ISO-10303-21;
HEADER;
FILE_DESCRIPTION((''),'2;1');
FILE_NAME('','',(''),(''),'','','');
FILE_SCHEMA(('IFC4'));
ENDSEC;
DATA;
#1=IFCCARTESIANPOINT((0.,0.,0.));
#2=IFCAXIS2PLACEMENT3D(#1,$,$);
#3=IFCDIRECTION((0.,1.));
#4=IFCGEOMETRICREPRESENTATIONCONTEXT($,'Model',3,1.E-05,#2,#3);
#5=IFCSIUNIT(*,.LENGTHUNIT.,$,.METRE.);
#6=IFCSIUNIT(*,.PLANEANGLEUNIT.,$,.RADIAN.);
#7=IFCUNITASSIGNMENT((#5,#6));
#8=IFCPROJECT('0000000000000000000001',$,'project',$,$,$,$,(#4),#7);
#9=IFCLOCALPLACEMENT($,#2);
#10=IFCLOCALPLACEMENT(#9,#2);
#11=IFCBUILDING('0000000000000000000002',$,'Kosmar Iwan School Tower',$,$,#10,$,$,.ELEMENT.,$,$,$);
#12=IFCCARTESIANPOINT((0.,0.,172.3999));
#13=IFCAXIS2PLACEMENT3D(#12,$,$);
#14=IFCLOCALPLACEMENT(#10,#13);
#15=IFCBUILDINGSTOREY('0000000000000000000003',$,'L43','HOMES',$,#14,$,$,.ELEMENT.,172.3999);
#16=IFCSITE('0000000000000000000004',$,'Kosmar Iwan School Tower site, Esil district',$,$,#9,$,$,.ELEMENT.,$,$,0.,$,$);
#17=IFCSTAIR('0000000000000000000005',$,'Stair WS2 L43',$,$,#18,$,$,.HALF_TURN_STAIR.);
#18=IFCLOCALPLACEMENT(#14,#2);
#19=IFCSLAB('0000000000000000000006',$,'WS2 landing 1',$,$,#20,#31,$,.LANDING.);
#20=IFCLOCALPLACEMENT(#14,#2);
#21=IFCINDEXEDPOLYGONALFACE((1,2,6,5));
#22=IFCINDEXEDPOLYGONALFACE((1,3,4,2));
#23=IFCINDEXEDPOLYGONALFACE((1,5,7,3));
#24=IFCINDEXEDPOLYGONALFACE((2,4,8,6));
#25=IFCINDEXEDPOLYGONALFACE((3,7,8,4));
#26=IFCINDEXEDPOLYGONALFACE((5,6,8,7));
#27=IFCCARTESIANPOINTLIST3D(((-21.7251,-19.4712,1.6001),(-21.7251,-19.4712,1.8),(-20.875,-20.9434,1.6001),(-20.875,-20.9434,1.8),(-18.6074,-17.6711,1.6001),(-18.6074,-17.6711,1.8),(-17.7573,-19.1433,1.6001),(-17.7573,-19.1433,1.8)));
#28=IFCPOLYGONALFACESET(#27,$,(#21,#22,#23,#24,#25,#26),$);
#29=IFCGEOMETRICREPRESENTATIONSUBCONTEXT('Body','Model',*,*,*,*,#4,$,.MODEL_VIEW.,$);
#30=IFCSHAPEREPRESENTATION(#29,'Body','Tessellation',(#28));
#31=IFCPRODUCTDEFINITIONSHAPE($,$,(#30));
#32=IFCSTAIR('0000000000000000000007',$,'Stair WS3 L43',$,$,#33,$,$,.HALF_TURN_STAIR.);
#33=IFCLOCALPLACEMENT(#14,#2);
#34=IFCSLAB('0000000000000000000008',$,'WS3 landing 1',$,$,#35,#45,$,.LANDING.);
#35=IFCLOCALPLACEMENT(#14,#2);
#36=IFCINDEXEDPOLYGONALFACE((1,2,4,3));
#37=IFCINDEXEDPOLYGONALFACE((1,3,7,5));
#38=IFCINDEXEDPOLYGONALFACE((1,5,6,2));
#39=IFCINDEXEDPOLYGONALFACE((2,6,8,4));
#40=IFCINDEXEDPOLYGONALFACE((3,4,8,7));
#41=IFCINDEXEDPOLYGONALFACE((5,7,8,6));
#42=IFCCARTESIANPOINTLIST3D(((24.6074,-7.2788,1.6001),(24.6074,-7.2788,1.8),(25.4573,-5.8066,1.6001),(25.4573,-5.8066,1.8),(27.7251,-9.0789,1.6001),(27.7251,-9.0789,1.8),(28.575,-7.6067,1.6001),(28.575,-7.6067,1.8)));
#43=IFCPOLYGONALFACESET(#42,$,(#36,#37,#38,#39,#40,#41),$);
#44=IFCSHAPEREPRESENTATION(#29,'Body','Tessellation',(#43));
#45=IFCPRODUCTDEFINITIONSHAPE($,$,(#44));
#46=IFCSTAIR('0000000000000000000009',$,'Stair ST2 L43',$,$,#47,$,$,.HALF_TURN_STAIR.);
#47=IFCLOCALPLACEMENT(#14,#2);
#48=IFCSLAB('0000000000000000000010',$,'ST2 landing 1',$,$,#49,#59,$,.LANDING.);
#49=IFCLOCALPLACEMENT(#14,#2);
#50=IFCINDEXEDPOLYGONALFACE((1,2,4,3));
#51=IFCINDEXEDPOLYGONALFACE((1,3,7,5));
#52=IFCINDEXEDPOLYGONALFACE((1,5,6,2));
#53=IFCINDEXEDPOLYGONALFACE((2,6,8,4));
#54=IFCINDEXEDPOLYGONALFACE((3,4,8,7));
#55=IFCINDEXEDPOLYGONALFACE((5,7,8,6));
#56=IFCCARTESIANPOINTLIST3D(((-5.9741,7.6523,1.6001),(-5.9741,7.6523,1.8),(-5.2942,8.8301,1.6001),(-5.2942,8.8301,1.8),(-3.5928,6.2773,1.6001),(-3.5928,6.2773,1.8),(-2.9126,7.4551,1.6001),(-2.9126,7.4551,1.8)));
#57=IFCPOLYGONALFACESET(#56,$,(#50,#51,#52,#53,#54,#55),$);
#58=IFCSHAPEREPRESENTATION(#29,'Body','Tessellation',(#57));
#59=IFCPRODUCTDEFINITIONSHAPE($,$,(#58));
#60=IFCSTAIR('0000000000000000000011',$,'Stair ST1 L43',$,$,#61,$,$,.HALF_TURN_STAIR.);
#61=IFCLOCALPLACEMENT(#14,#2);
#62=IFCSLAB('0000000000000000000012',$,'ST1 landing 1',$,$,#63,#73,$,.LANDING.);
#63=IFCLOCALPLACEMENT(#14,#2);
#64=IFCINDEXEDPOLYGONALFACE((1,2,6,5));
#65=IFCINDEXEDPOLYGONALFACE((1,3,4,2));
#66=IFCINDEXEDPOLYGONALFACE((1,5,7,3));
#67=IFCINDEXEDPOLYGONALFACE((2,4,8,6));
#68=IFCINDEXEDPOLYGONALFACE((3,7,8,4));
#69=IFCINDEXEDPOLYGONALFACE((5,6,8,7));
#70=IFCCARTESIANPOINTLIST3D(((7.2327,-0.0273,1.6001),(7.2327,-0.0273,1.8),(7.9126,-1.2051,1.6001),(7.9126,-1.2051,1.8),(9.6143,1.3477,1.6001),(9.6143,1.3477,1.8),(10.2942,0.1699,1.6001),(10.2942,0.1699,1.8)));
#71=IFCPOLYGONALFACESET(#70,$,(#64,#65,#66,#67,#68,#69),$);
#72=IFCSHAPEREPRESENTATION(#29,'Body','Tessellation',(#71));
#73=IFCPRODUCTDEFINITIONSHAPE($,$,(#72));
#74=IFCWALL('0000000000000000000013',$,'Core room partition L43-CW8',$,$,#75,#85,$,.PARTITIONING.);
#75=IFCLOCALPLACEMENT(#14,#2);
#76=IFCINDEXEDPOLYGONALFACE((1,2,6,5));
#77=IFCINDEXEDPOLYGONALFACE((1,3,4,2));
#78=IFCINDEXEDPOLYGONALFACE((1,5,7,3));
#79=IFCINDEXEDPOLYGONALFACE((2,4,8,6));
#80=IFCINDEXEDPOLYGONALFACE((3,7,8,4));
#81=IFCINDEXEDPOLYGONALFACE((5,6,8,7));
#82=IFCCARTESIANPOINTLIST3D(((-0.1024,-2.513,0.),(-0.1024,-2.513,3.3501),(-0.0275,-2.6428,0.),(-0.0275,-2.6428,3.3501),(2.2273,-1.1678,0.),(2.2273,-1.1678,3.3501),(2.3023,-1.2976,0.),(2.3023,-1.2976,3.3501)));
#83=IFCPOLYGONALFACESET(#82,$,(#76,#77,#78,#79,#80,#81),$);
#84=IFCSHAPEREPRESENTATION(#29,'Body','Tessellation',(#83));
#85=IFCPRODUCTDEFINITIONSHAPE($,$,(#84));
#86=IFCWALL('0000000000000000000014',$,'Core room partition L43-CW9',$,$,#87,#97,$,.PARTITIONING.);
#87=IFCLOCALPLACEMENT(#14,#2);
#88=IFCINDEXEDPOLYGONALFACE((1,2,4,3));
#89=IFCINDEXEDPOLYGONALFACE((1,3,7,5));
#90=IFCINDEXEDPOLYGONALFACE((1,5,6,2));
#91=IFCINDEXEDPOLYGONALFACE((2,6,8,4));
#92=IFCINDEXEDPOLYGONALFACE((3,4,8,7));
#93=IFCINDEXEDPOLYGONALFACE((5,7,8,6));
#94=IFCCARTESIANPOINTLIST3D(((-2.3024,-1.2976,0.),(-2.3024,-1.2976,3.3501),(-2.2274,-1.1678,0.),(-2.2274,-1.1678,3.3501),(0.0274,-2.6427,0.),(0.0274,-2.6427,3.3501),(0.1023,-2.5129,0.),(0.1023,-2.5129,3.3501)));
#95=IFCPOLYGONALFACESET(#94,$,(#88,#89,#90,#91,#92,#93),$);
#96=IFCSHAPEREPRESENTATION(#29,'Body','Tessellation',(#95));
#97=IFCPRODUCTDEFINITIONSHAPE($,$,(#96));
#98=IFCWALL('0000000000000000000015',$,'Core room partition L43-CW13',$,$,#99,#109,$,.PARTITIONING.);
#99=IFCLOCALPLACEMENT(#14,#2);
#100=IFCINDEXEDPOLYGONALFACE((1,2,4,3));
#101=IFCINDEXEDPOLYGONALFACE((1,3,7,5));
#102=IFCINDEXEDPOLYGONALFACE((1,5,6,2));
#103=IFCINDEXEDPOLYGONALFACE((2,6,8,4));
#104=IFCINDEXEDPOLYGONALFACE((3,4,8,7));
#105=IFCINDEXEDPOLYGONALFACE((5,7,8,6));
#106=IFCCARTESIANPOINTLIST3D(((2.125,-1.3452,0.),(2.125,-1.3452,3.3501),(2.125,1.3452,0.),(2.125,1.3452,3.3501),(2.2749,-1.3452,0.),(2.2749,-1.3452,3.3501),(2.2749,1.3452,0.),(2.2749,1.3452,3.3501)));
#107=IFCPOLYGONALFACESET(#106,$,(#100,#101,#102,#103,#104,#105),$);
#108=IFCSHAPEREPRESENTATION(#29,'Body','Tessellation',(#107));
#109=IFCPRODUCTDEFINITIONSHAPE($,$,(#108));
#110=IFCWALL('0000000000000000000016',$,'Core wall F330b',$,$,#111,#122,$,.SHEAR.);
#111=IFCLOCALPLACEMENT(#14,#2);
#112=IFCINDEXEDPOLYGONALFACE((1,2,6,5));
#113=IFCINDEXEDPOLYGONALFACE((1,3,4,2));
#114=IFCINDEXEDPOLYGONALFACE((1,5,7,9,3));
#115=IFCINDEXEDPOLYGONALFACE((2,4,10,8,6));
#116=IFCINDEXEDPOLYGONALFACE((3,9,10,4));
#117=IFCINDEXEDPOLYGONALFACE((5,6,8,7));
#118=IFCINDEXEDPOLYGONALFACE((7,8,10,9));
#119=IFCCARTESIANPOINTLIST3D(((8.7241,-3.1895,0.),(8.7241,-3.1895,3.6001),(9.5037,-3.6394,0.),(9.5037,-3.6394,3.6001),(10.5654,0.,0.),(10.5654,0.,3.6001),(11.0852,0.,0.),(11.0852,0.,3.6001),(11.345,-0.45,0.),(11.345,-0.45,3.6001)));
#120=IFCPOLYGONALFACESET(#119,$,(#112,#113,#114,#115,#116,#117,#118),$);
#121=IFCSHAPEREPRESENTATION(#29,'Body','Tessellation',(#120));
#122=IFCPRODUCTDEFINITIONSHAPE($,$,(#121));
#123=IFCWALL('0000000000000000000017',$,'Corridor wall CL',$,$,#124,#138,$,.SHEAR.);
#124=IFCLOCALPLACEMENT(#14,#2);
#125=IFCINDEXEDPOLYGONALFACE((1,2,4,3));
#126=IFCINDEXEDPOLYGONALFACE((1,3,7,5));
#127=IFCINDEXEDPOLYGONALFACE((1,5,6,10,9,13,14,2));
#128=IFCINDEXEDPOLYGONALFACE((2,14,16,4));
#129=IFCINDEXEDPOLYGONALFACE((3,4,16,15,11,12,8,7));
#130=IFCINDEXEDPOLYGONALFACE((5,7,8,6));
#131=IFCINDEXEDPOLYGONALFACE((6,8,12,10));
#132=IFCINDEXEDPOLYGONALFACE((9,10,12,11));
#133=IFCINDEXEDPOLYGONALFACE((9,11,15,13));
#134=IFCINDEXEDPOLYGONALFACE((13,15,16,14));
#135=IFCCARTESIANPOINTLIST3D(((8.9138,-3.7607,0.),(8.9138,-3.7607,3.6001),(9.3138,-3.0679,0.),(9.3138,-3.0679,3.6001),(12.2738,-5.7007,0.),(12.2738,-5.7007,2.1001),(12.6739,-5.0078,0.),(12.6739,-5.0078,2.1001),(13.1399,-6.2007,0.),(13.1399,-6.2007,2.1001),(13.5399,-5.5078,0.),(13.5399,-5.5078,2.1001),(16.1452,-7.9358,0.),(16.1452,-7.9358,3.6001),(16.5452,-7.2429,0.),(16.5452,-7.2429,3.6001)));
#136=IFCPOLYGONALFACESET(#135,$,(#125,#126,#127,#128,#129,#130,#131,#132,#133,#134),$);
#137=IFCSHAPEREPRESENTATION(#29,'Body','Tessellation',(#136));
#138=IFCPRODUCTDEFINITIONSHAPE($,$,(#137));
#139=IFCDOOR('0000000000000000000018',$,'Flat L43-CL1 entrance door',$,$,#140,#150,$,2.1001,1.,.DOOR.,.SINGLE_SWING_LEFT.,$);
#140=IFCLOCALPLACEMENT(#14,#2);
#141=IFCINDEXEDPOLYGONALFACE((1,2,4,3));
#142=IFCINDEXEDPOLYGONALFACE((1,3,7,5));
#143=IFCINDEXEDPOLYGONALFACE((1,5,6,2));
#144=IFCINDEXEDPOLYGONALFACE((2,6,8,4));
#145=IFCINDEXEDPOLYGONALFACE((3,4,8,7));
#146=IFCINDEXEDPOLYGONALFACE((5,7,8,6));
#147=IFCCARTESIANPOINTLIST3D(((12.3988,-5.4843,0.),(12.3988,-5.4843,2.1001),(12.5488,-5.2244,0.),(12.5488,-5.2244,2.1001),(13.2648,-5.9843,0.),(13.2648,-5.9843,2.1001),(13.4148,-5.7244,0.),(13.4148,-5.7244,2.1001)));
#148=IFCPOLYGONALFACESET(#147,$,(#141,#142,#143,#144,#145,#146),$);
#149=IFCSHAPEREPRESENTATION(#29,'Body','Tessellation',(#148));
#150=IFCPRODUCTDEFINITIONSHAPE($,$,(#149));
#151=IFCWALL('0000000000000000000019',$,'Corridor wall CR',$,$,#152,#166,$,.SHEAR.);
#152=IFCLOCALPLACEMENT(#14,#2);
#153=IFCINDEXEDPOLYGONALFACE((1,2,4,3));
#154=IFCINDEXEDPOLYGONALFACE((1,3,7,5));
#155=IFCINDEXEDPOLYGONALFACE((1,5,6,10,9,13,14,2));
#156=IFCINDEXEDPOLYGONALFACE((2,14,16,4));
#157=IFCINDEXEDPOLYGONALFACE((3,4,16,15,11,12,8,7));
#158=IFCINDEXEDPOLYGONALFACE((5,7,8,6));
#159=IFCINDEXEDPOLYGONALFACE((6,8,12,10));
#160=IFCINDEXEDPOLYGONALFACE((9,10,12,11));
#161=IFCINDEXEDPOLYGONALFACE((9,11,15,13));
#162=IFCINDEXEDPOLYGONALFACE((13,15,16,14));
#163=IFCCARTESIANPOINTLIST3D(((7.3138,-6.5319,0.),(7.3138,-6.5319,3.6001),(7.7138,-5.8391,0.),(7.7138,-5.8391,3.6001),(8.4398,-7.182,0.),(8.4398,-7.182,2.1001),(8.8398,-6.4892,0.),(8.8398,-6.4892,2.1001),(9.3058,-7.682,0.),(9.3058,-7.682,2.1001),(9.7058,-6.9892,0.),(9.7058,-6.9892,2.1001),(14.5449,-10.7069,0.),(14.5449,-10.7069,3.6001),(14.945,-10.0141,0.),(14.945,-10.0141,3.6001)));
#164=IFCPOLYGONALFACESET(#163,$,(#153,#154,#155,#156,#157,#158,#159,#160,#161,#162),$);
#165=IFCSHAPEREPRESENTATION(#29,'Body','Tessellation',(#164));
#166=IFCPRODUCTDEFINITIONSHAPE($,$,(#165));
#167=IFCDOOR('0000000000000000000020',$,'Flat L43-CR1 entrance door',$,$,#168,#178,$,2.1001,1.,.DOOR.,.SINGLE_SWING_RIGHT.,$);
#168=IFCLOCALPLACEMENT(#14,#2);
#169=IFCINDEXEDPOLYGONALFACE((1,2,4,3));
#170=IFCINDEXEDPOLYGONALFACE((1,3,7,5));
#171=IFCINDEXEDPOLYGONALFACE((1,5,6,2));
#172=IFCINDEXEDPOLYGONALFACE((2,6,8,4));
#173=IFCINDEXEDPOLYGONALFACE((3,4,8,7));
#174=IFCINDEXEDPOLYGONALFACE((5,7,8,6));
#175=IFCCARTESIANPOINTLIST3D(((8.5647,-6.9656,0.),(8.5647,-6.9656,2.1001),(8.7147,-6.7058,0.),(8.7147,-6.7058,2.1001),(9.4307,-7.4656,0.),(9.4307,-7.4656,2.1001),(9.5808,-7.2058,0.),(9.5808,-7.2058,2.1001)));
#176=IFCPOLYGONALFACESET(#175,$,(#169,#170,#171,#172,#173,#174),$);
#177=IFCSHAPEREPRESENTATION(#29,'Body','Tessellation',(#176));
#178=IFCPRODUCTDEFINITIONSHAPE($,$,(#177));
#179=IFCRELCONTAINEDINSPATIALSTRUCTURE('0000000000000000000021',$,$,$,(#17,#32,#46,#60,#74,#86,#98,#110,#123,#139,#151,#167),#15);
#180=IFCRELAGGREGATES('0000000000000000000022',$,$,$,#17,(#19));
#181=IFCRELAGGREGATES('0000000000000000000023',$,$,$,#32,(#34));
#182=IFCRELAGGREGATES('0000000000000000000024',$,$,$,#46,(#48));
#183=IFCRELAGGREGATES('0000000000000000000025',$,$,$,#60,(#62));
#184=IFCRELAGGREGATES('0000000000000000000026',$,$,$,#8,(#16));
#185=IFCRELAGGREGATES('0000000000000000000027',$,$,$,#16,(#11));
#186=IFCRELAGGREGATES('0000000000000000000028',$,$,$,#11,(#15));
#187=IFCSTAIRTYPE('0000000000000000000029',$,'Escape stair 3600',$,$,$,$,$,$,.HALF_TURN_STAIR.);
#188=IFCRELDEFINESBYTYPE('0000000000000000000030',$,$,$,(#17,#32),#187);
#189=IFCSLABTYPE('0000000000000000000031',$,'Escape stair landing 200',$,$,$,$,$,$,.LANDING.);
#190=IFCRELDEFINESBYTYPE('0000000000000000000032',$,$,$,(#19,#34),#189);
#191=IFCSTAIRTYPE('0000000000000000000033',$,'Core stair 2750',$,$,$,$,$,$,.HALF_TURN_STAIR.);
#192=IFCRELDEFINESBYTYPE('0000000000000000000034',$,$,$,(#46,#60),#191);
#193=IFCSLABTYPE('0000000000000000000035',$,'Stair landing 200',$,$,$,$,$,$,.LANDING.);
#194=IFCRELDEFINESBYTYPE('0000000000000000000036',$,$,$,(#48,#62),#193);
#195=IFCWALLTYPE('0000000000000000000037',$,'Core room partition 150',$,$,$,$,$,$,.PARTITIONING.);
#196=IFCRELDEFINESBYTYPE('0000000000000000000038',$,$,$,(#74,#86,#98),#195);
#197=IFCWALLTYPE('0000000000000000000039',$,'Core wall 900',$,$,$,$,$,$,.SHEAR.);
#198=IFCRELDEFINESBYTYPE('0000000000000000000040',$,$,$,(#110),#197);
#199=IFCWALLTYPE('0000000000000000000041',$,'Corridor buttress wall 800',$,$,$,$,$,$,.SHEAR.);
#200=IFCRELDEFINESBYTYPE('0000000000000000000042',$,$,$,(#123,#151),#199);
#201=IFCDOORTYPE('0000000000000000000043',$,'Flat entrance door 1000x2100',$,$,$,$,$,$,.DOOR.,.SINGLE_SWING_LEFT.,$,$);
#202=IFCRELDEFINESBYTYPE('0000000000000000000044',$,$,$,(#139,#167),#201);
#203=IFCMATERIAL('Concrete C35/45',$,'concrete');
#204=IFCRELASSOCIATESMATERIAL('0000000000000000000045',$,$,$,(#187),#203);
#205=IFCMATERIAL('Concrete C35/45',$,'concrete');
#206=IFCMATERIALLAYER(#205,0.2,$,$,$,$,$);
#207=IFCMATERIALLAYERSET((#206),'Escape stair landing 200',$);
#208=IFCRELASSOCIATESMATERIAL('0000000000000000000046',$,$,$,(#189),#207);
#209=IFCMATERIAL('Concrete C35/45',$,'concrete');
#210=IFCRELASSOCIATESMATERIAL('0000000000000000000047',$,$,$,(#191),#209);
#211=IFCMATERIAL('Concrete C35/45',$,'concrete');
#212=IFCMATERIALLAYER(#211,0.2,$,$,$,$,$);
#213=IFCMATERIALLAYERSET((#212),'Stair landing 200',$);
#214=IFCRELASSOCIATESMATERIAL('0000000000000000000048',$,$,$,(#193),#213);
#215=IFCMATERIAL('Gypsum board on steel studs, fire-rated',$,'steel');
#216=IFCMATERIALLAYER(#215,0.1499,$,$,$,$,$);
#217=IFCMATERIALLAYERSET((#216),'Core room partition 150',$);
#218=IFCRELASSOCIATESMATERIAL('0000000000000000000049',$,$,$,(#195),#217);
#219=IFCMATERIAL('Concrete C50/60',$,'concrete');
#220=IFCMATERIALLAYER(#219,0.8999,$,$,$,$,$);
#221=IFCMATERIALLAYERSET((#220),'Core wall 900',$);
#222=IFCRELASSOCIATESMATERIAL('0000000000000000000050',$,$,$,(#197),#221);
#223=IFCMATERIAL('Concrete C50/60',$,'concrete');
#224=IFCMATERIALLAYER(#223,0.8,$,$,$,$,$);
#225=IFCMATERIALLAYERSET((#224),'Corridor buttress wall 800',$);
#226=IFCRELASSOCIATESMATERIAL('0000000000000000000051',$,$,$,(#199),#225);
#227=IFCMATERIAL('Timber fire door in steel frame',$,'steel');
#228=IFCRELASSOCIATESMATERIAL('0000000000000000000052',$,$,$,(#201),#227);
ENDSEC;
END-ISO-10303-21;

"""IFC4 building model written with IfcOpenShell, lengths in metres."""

from ifc_helpers import new_model, si_unit, direction, frame, frame_2d, origin, place, context, subcontext, project, spatial, polyline, rectangle, outline, extrude, material, layer, layer_set, type_object, element, fill, aggregate, save


model = new_model("IFC4")

# Units and contexts
model_context = context("Model", 3, precision=1e-05, world=origin(), true_north=direction((0.0, 1.0)))
body_context = subcontext(model_context, "Body", "Model", "MODEL_VIEW")
ifc_project = project(units=[si_unit("LENGTHUNIT", "METRE"), si_unit("PLANEANGLEUNIT", "RADIAN")], contexts=[model_context])

# Site, building, storey
site_placement = place(None, origin())
site = spatial("IfcSite", under=ifc_project, at=site_placement, Name="Kosmar Iwan School Tower site, Esil district", CompositionType="ELEMENT", RefElevation=0.0)
building_placement = place(site_placement, origin())
building = spatial("IfcBuilding", under=site, at=building_placement, Name="Kosmar Iwan School Tower", CompositionType="ELEMENT")
storey_placement = place(building_placement, frame((0.0, 0.0, 172.3999)))
storey = spatial("IfcBuildingStorey", under=building, at=storey_placement, Name="L43", Description="HOMES", CompositionType="ELEMENT", Elevation=172.3999)

# Stairs, slabs
ifc_material_1 = material(Name="Concrete C35/45", Category="concrete")
stair_type_1 = type_object("IfcStairType", Name="Escape stair 3600", PredefinedType="HALF_TURN_STAIR", material=ifc_material_1)
stair_1_placement = place(storey_placement, origin())
stair_1 = element("IfcStair", 1, at=stair_1_placement, inside=storey, type_object=stair_type_1, Name="Stair WS2 L43", PredefinedType="HALF_TURN_STAIR")
ifc_material_2 = material(Name="Concrete C35/45", Category="concrete")
ifc_layer_1 = layer(ifc_material_2, 0.2)
ifc_layer_set_1 = layer_set([ifc_layer_1], Name="Escape stair landing 200")
slab_type_1 = type_object("IfcSlabType", Name="Escape stair landing 200", PredefinedType="LANDING", material=ifc_layer_set_1)
slab_1_placement = place(storey_placement, frame((0.0, 0.0, 1.6001)))
slab_1 = element("IfcSlab", 2, at=slab_1_placement, type_object=slab_type_1, Name="WS2 landing 1", PredefinedType="LANDING", context=body_context, shape_type="SweptSolid", body=[
    extrude(outline(polyline([(-18.6074, -17.6711), (-21.7251, -19.4712), (-20.875, -20.9434), (-17.7573, -19.1433), (-18.6074, -17.6711)])), origin(), (0.0, 0.0, 1.0), 0.2),
])
aggregate(stair_1, [slab_1])
stair_2_placement = place(storey_placement, origin())
stair_2 = element("IfcStair", 3, at=stair_2_placement, inside=storey, type_object=stair_type_1, Name="Stair WS3 L43", PredefinedType="HALF_TURN_STAIR")
slab_2_placement = place(storey_placement, frame((0.0, 0.0, 1.6001)))
slab_2 = element("IfcSlab", 4, at=slab_2_placement, type_object=slab_type_1, Name="WS3 landing 1", PredefinedType="LANDING", context=body_context, shape_type="SweptSolid", body=[
    extrude(outline(polyline([(24.6074, -7.2788), (27.7251, -9.0789), (28.575, -7.6067), (25.4573, -5.8066), (24.6074, -7.2788)])), origin(), (0.0, 0.0, 1.0), 0.2),
])
aggregate(stair_2, [slab_2])
ifc_material_3 = material(Name="Concrete C35/45", Category="concrete")
stair_type_2 = type_object("IfcStairType", Name="Core stair 2750", PredefinedType="HALF_TURN_STAIR", material=ifc_material_3)
stair_3_placement = place(storey_placement, origin())
stair_3 = element("IfcStair", 5, at=stair_3_placement, inside=storey, type_object=stair_type_2, Name="Stair ST2 L43", PredefinedType="HALF_TURN_STAIR")
ifc_material_4 = material(Name="Concrete C35/45", Category="concrete")
ifc_layer_2 = layer(ifc_material_4, 0.2)
ifc_layer_set_2 = layer_set([ifc_layer_2], Name="Stair landing 200")
slab_type_2 = type_object("IfcSlabType", Name="Stair landing 200", PredefinedType="LANDING", material=ifc_layer_set_2)
slab_3_placement = place(storey_placement, frame((0.0, 0.0, 1.6001)))
slab_3 = element("IfcSlab", 6, at=slab_3_placement, type_object=slab_type_2, Name="ST2 landing 1", PredefinedType="LANDING", context=body_context, shape_type="SweptSolid", body=[
    extrude(outline(polyline([(-2.9126, 7.4551), (-5.2942, 8.8301), (-5.9741, 7.6523), (-3.5928, 6.2773), (-2.9126, 7.4551)])), origin(), (0.0, 0.0, 1.0), 0.2),
])
aggregate(stair_3, [slab_3])
stair_4_placement = place(storey_placement, origin())
stair_4 = element("IfcStair", 7, at=stair_4_placement, inside=storey, type_object=stair_type_2, Name="Stair ST1 L43", PredefinedType="HALF_TURN_STAIR")
slab_4_placement = place(storey_placement, frame((0.0, 0.0, 1.6001)))
slab_4 = element("IfcSlab", 8, at=slab_4_placement, type_object=slab_type_2, Name="ST1 landing 1", PredefinedType="LANDING", context=body_context, shape_type="SweptSolid", body=[
    extrude(outline(polyline([(7.9126, -1.2051), (10.2942, 0.1699), (9.6143, 1.3477), (7.2327, -0.0273), (7.9126, -1.2051)])), origin(), (0.0, 0.0, 1.0), 0.2),
])

# Walls
ifc_material_5 = material(Name="Gypsum board on steel studs, fire-rated", Category="steel")
ifc_layer_3 = layer(ifc_material_5, 0.1499)
ifc_layer_set_3 = layer_set([ifc_layer_3], Name="Core room partition 150")
wall_type_1 = type_object("IfcWallType", Name="Core room partition 150", PredefinedType="PARTITIONING", material=ifc_layer_set_3)
for number, where, z_axis, x_axis, name in (
    (9, (2.2649, -1.2327, 0.0), (0.0, 0.0, 1.0), (-0.866012, -0.500024, 0.0), "Core room partition L43-CW8"),
    (10, (0.0649, -2.5779, 0.0), (0.0, 0.0, 1.0), (-0.866012, 0.500024, 0.0), "Core room partition L43-CW9"),
):
    element("IfcWall", number, at=place(storey_placement, frame(where, z_axis=z_axis, x_axis=x_axis)), inside=storey, type_object=wall_type_1, Name=name, PredefinedType="PARTITIONING", context=body_context, shape_type="SweptSolid", body=[
        extrude(rectangle(XDim=2.6902, YDim=0.1499, at=frame_2d((1.3452, 0.0))), origin(), (0.0, 0.0, 1.0), 3.3501),
    ])
wall_1_placement = place(storey_placement, frame((2.2, 1.3452, 0.0), z_axis=(0.0, 0.0, 1.0), x_axis=(0.0, -1.0, 0.0)))
element("IfcWall", 11, at=wall_1_placement, inside=storey, type_object=wall_type_1, Name="Core room partition L43-CW13", PredefinedType="PARTITIONING", context=body_context, shape_type="SweptSolid", body=[
    extrude(rectangle(XDim=2.6904, YDim=0.1499, at=frame_2d((1.3452, 0.0))), origin(), (0.0, 0.0, 1.0), 3.3501),
])
ifc_material_6 = material(Name="Concrete C50/60", Category="concrete")
ifc_layer_4 = layer(ifc_material_6, 0.8999)
ifc_layer_set_4 = layer_set([ifc_layer_4], Name="Core wall 900")
wall_type_2 = type_object("IfcWallType", Name="Core wall 900", PredefinedType="SHEAR", material=ifc_layer_set_4)
wall_2_placement = place(storey_placement, origin())
element("IfcWall", 12, at=wall_2_placement, inside=storey, type_object=wall_type_2, Name="Core wall F330b", PredefinedType="SHEAR", context=body_context, shape_type="SweptSolid", body=[
    extrude(outline(polyline([(9.5037, -3.6394), (11.345, -0.45), (11.0852, 0.0), (10.5654, 0.0), (8.7241, -3.1895), (9.5037, -3.6394)])), origin(), (0.0, 0.0, 1.0), 3.6001),
])

# Walls, openings, doors
ifc_material_7 = material(Name="Concrete C50/60", Category="concrete")
ifc_layer_5 = layer(ifc_material_7, 0.8)
ifc_layer_set_5 = layer_set([ifc_layer_5], Name="Corridor buttress wall 800")
wall_type_3 = type_object("IfcWallType", Name="Corridor buttress wall 800", PredefinedType="SHEAR", material=ifc_layer_set_5)
wall_3_placement = place(storey_placement, frame((9.1138, -3.4143, 0.0), z_axis=(0.0, 0.0, 1.0), x_axis=(0.866027, -0.499997, 0.0)))
wall_3 = element("IfcWall", 13, at=wall_3_placement, inside=storey, type_object=wall_type_3, Name="Corridor wall CL", PredefinedType="SHEAR", context=body_context, shape_type="SweptSolid", body=[
    extrude(rectangle(XDim=8.3501, YDim=0.8, at=frame_2d((4.175, 0.0))), origin(), (0.0, 0.0, 1.0), 3.6001),
])
opening_1_placement = place(wall_3_placement, frame((3.8799, 0.0, 0.0)))
opening_1 = element("IfcOpeningElement", 14, at=opening_1_placement, cuts=wall_3, PredefinedType="OPENING", context=body_context, shape_type="SweptSolid", body=[
    extrude(rectangle(XDim=1.0, YDim=2.1001, at=frame_2d((0.5, 1.05))), frame((0.0, 0.4121, 0.0), z_axis=(0.0, -1.0, 0.0), x_axis=(1.0, 0.0, 0.0)), (0.0, 0.0, 1.0), 0.824),
])
ifc_material_8 = material(Name="Timber fire door in steel frame", Category="steel")
door_type_1 = type_object("IfcDoorType", Name="Flat entrance door 1000x2100", OperationType="SINGLE_SWING_LEFT", PredefinedType="DOOR", material=ifc_material_8)
door_1_placement = place(opening_1_placement, origin())
door_1 = element("IfcDoor", 15, at=door_1_placement, inside=storey, type_object=door_type_1, Name="Flat L43-CL1 entrance door", OperationType="SINGLE_SWING_LEFT", OverallHeight=2.1001, OverallWidth=1.0, PredefinedType="DOOR", context=body_context, shape_type="SweptSolid", body=[
    extrude(rectangle(XDim=1.0, YDim=2.1001, at=frame_2d((0.5, 1.05))), frame((0.0, 0.1499, 0.0), z_axis=(0.0, -1.0, 0.0), x_axis=(1.0, 0.0, 0.0)), (0.0, 0.0, 1.0), 0.3),
])
fill(opening_1, door_1)
wall_4_placement = place(storey_placement, frame((7.5139, -6.1855, 0.0), z_axis=(0.0, 0.0, 1.0), x_axis=(0.86602, -0.50001, 0.0)))
wall_4 = element("IfcWall", 16, at=wall_4_placement, inside=storey, type_object=wall_type_3, Name="Corridor wall CR", PredefinedType="SHEAR", context=body_context, shape_type="SweptSolid", body=[
    extrude(rectangle(XDim=8.3499, YDim=0.8, at=frame_2d((4.1748, 0.0))), origin(), (0.0, 0.0, 1.0), 3.6001),
])
opening_2_placement = place(wall_4_placement, frame((1.3, 0.0, 0.0)))
opening_2 = element("IfcOpeningElement", 17, at=opening_2_placement, cuts=wall_4, PredefinedType="OPENING", context=body_context, shape_type="SweptSolid", body=[
    extrude(rectangle(XDim=1.0, YDim=2.1001, at=frame_2d((0.5, 1.05))), frame((0.0, 0.4121, 0.0), z_axis=(0.0, -1.0, 0.0), x_axis=(1.0, 0.0, 0.0)), (0.0, 0.0, 1.0), 0.824),
])
door_2_placement = place(opening_2_placement, origin())
door_2 = element("IfcDoor", 18, at=door_2_placement, inside=storey, type_object=door_type_1, Name="Flat L43-CR1 entrance door", OperationType="SINGLE_SWING_RIGHT", OverallHeight=2.1001, OverallWidth=1.0, PredefinedType="DOOR", context=body_context, shape_type="SweptSolid", body=[
    extrude(rectangle(XDim=1.0, YDim=2.1001, at=frame_2d((0.5, 1.05))), frame((0.0, 0.1499, 0.0), z_axis=(0.0, -1.0, 0.0), x_axis=(1.0, 0.0, 0.0)), (0.0, 0.0, 1.0), 0.3),
])
fill(opening_2, door_2)

aggregate(stair_4, [slab_4])

save(model, "model.ifc")
